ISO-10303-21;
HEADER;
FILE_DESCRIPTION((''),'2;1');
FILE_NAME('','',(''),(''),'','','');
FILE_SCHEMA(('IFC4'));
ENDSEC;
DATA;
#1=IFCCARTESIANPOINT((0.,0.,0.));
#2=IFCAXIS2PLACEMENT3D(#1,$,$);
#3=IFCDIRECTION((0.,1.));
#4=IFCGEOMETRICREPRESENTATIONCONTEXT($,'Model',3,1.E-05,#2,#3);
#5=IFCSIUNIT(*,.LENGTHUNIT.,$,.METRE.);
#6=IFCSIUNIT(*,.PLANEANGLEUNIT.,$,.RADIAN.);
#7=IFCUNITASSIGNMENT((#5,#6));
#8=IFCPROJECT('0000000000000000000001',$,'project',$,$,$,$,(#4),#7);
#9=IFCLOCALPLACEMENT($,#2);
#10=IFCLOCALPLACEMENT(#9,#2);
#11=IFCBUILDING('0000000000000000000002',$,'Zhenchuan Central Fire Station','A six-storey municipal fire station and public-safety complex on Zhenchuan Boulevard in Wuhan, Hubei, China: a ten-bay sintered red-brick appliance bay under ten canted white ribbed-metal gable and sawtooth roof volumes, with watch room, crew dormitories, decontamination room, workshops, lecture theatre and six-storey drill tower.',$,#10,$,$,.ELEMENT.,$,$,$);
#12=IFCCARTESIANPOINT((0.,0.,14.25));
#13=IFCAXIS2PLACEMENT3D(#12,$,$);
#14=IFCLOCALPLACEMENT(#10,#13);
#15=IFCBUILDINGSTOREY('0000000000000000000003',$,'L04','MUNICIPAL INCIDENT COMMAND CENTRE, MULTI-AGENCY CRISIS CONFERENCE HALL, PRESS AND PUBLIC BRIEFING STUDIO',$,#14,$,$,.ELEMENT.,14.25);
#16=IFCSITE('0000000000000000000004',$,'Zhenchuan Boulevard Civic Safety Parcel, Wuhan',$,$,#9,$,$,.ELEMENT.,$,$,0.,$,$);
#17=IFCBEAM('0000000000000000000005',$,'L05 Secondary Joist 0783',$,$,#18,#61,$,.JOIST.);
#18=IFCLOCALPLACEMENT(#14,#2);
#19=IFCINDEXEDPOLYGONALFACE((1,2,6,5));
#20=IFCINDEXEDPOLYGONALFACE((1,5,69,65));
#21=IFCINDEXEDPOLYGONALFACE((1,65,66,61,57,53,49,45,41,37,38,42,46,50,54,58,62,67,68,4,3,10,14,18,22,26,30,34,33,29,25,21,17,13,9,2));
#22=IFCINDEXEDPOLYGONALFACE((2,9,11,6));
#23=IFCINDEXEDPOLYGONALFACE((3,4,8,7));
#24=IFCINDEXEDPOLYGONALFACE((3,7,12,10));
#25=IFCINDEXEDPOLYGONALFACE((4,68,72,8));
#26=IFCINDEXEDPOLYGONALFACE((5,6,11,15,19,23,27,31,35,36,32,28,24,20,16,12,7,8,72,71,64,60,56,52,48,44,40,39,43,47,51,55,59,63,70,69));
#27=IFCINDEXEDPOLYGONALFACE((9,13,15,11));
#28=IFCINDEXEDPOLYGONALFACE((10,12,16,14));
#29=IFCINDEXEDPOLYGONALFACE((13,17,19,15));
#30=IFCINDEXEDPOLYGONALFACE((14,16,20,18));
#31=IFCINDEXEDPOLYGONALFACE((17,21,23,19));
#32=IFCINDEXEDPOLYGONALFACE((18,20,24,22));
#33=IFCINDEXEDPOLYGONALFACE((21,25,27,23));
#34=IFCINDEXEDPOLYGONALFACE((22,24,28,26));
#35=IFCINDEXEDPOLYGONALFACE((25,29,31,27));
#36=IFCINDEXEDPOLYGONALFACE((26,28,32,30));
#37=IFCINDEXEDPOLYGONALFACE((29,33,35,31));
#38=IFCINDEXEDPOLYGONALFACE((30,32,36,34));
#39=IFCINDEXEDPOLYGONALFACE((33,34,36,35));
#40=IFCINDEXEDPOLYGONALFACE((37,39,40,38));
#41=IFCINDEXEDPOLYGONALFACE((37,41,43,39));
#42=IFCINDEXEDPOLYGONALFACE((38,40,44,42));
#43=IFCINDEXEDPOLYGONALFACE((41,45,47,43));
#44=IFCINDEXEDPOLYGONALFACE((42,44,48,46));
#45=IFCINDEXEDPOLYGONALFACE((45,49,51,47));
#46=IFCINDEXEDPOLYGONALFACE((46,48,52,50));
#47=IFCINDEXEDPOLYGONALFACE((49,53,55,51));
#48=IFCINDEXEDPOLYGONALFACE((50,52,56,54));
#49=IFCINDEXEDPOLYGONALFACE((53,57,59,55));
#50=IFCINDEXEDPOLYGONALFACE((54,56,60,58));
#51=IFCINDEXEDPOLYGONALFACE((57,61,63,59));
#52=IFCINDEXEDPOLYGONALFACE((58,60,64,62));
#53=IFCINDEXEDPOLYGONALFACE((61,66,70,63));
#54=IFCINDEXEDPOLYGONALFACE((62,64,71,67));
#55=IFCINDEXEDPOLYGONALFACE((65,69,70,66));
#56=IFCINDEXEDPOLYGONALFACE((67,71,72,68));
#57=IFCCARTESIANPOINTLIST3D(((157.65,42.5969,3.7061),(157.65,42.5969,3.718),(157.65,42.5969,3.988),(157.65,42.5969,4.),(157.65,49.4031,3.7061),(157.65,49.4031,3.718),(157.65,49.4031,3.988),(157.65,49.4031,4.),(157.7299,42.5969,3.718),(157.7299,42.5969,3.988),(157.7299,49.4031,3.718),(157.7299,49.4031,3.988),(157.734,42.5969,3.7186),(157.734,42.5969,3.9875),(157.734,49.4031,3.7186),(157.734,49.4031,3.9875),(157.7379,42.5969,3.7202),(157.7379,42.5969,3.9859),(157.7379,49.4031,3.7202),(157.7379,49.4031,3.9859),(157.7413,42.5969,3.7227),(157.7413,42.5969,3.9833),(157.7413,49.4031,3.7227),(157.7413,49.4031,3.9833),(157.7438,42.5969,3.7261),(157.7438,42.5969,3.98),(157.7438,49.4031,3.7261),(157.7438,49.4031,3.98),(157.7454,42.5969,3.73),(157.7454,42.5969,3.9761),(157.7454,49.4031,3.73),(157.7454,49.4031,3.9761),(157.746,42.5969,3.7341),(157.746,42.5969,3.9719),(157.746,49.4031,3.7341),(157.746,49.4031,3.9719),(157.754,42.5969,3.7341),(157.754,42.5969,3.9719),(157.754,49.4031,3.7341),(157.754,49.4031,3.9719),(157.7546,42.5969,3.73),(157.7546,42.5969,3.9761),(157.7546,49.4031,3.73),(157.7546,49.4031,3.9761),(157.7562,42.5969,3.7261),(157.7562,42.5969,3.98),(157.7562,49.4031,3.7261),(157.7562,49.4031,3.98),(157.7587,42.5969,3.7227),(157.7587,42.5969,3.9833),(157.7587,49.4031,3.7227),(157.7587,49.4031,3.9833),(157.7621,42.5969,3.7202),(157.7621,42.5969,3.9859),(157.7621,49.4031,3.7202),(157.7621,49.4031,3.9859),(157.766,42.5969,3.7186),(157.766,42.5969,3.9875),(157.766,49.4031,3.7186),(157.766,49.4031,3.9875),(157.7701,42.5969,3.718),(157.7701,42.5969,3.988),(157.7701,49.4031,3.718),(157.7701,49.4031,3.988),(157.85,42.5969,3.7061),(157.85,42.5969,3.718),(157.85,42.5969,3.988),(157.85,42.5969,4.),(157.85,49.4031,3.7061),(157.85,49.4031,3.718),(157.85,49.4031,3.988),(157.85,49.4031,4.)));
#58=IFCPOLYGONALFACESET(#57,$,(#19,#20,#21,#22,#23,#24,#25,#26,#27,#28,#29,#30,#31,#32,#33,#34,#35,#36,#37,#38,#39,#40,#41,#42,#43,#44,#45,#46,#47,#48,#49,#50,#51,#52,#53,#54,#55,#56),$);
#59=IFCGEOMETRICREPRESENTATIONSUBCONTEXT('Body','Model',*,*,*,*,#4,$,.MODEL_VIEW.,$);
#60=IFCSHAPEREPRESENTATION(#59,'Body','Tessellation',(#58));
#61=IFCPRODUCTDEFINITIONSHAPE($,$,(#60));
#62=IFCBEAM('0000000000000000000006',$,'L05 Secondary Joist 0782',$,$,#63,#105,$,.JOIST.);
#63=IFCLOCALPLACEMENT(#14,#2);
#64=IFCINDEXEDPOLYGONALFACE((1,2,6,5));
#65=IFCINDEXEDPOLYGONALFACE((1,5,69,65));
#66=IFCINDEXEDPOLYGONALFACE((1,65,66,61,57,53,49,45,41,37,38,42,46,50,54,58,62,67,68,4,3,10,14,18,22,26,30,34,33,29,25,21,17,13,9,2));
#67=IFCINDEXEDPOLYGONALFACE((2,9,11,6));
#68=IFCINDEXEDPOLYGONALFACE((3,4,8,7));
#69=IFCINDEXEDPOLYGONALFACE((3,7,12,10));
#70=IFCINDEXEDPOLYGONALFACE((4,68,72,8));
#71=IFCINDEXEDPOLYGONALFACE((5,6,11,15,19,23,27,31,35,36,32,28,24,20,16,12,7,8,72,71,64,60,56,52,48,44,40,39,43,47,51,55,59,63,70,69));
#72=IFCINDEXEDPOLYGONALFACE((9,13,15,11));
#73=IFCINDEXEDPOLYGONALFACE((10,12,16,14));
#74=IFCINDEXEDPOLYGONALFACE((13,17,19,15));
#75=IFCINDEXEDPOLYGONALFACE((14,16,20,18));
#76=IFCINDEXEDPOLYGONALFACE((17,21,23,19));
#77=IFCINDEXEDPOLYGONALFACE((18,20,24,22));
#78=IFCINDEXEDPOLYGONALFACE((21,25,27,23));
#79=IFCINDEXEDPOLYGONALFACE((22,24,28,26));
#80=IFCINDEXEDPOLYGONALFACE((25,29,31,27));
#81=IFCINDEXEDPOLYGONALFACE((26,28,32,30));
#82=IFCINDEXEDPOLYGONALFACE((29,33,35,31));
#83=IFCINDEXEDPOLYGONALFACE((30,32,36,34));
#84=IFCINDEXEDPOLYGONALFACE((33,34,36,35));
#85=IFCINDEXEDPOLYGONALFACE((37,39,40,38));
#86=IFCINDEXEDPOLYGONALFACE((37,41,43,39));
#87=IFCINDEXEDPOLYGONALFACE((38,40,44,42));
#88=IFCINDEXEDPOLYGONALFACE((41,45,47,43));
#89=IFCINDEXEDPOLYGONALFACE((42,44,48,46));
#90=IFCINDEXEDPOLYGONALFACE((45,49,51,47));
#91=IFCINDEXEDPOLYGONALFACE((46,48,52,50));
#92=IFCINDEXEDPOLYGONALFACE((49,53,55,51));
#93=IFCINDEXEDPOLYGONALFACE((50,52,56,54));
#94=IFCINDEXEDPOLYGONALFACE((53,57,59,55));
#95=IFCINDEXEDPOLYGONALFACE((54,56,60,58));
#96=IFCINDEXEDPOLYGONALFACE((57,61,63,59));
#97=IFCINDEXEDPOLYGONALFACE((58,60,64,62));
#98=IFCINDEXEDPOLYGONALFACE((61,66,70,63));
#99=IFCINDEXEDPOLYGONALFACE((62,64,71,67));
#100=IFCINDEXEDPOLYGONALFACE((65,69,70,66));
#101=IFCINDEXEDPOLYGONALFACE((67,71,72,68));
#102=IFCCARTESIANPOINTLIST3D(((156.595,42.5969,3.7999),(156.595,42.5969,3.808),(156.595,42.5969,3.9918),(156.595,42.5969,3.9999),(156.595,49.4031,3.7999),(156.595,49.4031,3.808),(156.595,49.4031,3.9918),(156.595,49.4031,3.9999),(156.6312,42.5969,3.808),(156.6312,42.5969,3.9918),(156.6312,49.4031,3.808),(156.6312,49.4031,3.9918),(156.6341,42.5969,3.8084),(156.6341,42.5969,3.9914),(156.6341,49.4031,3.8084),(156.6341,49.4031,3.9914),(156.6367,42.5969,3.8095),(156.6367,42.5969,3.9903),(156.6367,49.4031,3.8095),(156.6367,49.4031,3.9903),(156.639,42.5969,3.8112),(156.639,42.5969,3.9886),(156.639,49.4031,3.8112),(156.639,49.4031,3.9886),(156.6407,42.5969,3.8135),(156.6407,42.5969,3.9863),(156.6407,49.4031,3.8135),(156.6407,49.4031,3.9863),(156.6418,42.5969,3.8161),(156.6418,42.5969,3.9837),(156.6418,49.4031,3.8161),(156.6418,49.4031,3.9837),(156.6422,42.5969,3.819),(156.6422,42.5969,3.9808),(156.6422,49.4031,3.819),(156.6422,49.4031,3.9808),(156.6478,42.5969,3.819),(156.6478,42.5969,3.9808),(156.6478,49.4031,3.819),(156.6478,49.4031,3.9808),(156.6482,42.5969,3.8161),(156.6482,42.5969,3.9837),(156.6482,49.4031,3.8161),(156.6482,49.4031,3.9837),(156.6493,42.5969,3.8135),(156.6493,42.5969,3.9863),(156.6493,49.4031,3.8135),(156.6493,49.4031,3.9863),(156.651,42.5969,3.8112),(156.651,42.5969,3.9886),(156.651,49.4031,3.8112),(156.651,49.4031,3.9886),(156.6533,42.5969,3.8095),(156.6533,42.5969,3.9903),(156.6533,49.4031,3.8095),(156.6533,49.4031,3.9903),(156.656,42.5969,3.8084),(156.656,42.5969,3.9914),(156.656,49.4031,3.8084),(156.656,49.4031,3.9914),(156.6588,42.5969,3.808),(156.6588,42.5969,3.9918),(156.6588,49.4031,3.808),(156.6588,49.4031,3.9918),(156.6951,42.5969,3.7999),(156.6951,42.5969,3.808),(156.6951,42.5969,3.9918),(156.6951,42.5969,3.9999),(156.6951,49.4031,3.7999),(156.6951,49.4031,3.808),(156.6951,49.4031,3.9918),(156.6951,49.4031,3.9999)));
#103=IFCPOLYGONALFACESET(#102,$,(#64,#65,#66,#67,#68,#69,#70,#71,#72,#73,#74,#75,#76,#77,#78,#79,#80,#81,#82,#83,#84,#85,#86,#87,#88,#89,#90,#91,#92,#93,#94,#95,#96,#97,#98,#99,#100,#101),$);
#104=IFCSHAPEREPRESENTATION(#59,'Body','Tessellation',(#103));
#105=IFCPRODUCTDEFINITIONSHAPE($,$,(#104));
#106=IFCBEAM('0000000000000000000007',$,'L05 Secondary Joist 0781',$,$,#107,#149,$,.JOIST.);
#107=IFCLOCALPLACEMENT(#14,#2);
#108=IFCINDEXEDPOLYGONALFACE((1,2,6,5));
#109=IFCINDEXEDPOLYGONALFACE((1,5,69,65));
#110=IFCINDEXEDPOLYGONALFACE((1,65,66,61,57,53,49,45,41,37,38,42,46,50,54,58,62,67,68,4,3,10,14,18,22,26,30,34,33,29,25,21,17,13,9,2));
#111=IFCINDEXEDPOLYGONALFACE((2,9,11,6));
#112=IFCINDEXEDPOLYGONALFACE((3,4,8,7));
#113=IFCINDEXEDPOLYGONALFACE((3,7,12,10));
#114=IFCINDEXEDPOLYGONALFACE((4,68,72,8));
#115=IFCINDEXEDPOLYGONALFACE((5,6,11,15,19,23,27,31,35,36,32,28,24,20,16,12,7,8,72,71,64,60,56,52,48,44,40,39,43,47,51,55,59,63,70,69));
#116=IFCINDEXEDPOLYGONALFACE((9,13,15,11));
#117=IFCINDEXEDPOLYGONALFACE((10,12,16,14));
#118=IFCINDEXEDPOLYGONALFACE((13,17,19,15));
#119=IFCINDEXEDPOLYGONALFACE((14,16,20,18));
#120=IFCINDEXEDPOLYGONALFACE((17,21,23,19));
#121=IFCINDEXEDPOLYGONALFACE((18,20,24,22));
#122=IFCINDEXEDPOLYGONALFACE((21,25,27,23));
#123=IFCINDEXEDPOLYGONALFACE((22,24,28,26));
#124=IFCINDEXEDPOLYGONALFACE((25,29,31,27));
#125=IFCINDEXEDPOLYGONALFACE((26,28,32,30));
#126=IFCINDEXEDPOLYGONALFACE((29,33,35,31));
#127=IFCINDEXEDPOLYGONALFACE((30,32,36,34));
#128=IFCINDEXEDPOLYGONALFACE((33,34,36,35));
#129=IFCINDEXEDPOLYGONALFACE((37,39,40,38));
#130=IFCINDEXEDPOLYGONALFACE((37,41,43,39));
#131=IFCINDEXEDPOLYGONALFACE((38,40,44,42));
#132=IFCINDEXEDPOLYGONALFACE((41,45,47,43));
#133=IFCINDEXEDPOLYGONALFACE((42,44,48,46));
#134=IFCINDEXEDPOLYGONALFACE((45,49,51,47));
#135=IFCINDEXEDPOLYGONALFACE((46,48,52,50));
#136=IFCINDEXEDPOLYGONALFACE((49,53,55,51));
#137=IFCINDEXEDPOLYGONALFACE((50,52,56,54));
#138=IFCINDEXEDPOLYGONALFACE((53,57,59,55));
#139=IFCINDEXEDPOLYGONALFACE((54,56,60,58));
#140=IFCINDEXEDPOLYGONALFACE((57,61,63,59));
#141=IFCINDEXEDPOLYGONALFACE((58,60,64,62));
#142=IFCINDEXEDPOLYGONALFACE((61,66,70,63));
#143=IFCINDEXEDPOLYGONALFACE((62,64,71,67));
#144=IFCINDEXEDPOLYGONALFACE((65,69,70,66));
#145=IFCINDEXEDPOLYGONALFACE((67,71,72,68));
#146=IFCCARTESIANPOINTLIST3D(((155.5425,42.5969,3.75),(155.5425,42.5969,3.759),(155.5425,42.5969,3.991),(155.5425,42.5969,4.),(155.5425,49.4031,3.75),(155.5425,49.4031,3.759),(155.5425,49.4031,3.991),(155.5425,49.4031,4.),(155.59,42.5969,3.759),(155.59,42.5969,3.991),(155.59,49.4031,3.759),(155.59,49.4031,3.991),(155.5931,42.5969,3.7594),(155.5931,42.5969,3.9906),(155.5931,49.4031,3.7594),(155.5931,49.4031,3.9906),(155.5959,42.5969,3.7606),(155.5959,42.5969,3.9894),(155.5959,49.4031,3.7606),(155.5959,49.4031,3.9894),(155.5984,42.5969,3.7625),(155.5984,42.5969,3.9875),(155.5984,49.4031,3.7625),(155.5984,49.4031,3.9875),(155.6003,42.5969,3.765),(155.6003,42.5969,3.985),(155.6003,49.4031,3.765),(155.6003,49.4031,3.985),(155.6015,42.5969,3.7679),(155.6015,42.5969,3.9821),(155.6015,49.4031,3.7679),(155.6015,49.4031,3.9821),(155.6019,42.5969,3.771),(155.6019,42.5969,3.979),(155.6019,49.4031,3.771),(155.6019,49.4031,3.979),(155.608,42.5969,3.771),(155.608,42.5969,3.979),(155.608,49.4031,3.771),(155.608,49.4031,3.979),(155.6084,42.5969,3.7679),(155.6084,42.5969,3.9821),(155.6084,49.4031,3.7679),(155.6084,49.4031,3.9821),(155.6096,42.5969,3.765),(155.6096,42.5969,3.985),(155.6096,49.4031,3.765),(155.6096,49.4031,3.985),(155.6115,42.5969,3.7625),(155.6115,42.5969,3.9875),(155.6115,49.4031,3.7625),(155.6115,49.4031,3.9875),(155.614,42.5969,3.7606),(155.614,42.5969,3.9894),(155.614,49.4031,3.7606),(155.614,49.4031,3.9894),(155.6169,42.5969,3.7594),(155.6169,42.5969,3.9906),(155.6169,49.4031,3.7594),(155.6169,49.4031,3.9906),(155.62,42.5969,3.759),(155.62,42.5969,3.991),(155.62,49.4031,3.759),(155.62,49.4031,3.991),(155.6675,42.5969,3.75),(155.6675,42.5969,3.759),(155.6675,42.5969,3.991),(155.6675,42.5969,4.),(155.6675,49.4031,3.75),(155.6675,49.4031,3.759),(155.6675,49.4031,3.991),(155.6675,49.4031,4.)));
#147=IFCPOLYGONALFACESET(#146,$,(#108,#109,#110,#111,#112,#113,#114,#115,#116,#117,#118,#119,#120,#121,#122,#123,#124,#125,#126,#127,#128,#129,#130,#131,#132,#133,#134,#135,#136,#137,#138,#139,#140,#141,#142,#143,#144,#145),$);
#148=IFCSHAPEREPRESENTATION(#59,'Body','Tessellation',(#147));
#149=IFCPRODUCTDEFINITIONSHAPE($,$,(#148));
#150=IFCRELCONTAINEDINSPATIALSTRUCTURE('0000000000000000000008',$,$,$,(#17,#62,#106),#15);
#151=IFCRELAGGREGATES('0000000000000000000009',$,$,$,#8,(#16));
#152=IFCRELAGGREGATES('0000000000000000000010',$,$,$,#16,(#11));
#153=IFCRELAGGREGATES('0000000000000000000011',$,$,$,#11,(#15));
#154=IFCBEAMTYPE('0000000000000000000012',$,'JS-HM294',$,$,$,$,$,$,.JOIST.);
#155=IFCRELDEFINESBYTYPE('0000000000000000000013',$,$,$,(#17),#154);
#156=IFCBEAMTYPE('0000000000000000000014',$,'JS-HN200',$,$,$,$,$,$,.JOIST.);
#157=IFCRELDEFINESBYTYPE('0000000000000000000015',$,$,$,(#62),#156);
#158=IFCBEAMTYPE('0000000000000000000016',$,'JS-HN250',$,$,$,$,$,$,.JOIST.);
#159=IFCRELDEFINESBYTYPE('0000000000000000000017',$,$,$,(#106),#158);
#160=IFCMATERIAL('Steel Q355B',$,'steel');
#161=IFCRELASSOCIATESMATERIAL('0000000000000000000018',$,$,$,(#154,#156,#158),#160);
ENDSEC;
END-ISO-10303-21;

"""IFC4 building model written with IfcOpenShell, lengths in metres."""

from ifc_helpers import new_model, si_unit, direction, frame, origin, origin_2d, place, context, subcontext, project, spatial, i_section, extrude, material, material_profile, profile_set, type_object, element, save


model = new_model("IFC4")

# Units and contexts
model_context = context("Model", 3, precision=1e-05, world=origin(), true_north=direction((0.0, 1.0)))
body_context = subcontext(model_context, "Body", "Model", "MODEL_VIEW")
ifc_project = project(units=[si_unit("LENGTHUNIT", "METRE"), si_unit("PLANEANGLEUNIT", "RADIAN")], contexts=[model_context])

# Site, building, storey
site_placement = place(None, origin())
site = spatial("IfcSite", under=ifc_project, at=site_placement, Name="Zhenchuan Boulevard Civic Safety Parcel, Wuhan", CompositionType="ELEMENT", RefElevation=0.0)
building_placement = place(site_placement, origin())
building = spatial("IfcBuilding", under=site, at=building_placement, Name="Zhenchuan Central Fire Station", Description="A six-storey municipal fire station and public-safety complex on Zhenchuan Boulevard in Wuhan, Hubei, China: a ten-bay sintered red-brick appliance bay under ten canted white ribbed-metal gable and sawtooth roof volumes, with watch room, crew dormitories, decontamination room, workshops, lecture theatre and six-storey drill tower.", CompositionType="ELEMENT")
storey_placement = place(building_placement, frame((0.0, 0.0, 14.25)))
storey = spatial("IfcBuildingStorey", under=building, at=storey_placement, Name="L04", Description="MUNICIPAL INCIDENT COMMAND CENTRE, MULTI-AGENCY CRISIS CONFERENCE HALL, PRESS AND PUBLIC BRIEFING STUDIO", CompositionType="ELEMENT", Elevation=14.25)

# Shared definitions
ifc_material_1 = material(Name="Steel Q355B", Category="steel")

# Beams
ifc_material_profile_1 = material_profile(ifc_material_1, i_section(OverallWidth=0.2, OverallDepth=0.2939, WebThickness=0.0081, FlangeThickness=0.012, FilletRadius=0.0161, at=origin_2d()), Name="HM 294x200")
ifc_profile_set_1 = profile_set([ifc_material_profile_1], Name="Steel Q355B")
beam_type_1 = type_object("IfcBeamType", Name="JS-HM294", PredefinedType="JOIST", material=ifc_profile_set_1)
beam_1_placement = place(storey_placement, frame((157.75, 42.5969, 3.853), z_axis=(0.0, 1.0, 0.0), x_axis=(-1.0, 0.0, 0.0)))
element("IfcBeam", 1, at=beam_1_placement, inside=storey, type_object=beam_type_1, Name="L05 Secondary Joist 0783", PredefinedType="JOIST", context=body_context, shape_type="SweptSolid", body=[
    extrude(i_section(OverallWidth=0.2, OverallDepth=0.2939, WebThickness=0.0081, FlangeThickness=0.012, FilletRadius=0.0161, at=origin_2d()), origin(), (0.0, 0.0, 1.0), 6.8062),
])
ifc_material_profile_2 = material_profile(ifc_material_1, i_section(OverallWidth=0.1001, OverallDepth=0.2, WebThickness=0.0056, FlangeThickness=0.0081, FilletRadius=0.011, at=origin_2d()), Name="HN 200x100")
ifc_profile_set_2 = profile_set([ifc_material_profile_2], Name="Steel Q355B")
beam_type_2 = type_object("IfcBeamType", Name="JS-HN200", PredefinedType="JOIST", material=ifc_profile_set_2)
beam_2_placement = place(storey_placement, frame((156.645, 42.5969, 3.8999), z_axis=(0.0, 1.0, 0.0), x_axis=(-1.0, 0.0, 0.0)))
element("IfcBeam", 2, at=beam_2_placement, inside=storey, type_object=beam_type_2, Name="L05 Secondary Joist 0782", PredefinedType="JOIST", context=body_context, shape_type="SweptSolid", body=[
    extrude(i_section(OverallWidth=0.1001, OverallDepth=0.2, WebThickness=0.0056, FlangeThickness=0.0081, FilletRadius=0.011, at=origin_2d()), origin(), (0.0, 0.0, 1.0), 6.8062),
])
ifc_material_profile_3 = material_profile(ifc_material_1, i_section(OverallWidth=0.125, OverallDepth=0.25, WebThickness=0.0061, FlangeThickness=0.009, FilletRadius=0.012, at=origin_2d()), Name="HN 250x125")
ifc_profile_set_3 = profile_set([ifc_material_profile_3], Name="Steel Q355B")
beam_type_3 = type_object("IfcBeamType", Name="JS-HN250", PredefinedType="JOIST", material=ifc_profile_set_3)
beam_3_placement = place(storey_placement, frame((155.605, 42.5969, 3.875), z_axis=(0.0, 1.0, 0.0), x_axis=(-1.0, 0.0, 0.0)))
element("IfcBeam", 3, at=beam_3_placement, inside=storey, type_object=beam_type_3, Name="L05 Secondary Joist 0781", PredefinedType="JOIST", context=body_context, shape_type="SweptSolid", body=[
    extrude(i_section(OverallWidth=0.125, OverallDepth=0.25, WebThickness=0.0061, FlangeThickness=0.009, FilletRadius=0.012, at=origin_2d()), origin(), (0.0, 0.0, 1.0), 6.8062),
])

save(model, "model.ifc")
